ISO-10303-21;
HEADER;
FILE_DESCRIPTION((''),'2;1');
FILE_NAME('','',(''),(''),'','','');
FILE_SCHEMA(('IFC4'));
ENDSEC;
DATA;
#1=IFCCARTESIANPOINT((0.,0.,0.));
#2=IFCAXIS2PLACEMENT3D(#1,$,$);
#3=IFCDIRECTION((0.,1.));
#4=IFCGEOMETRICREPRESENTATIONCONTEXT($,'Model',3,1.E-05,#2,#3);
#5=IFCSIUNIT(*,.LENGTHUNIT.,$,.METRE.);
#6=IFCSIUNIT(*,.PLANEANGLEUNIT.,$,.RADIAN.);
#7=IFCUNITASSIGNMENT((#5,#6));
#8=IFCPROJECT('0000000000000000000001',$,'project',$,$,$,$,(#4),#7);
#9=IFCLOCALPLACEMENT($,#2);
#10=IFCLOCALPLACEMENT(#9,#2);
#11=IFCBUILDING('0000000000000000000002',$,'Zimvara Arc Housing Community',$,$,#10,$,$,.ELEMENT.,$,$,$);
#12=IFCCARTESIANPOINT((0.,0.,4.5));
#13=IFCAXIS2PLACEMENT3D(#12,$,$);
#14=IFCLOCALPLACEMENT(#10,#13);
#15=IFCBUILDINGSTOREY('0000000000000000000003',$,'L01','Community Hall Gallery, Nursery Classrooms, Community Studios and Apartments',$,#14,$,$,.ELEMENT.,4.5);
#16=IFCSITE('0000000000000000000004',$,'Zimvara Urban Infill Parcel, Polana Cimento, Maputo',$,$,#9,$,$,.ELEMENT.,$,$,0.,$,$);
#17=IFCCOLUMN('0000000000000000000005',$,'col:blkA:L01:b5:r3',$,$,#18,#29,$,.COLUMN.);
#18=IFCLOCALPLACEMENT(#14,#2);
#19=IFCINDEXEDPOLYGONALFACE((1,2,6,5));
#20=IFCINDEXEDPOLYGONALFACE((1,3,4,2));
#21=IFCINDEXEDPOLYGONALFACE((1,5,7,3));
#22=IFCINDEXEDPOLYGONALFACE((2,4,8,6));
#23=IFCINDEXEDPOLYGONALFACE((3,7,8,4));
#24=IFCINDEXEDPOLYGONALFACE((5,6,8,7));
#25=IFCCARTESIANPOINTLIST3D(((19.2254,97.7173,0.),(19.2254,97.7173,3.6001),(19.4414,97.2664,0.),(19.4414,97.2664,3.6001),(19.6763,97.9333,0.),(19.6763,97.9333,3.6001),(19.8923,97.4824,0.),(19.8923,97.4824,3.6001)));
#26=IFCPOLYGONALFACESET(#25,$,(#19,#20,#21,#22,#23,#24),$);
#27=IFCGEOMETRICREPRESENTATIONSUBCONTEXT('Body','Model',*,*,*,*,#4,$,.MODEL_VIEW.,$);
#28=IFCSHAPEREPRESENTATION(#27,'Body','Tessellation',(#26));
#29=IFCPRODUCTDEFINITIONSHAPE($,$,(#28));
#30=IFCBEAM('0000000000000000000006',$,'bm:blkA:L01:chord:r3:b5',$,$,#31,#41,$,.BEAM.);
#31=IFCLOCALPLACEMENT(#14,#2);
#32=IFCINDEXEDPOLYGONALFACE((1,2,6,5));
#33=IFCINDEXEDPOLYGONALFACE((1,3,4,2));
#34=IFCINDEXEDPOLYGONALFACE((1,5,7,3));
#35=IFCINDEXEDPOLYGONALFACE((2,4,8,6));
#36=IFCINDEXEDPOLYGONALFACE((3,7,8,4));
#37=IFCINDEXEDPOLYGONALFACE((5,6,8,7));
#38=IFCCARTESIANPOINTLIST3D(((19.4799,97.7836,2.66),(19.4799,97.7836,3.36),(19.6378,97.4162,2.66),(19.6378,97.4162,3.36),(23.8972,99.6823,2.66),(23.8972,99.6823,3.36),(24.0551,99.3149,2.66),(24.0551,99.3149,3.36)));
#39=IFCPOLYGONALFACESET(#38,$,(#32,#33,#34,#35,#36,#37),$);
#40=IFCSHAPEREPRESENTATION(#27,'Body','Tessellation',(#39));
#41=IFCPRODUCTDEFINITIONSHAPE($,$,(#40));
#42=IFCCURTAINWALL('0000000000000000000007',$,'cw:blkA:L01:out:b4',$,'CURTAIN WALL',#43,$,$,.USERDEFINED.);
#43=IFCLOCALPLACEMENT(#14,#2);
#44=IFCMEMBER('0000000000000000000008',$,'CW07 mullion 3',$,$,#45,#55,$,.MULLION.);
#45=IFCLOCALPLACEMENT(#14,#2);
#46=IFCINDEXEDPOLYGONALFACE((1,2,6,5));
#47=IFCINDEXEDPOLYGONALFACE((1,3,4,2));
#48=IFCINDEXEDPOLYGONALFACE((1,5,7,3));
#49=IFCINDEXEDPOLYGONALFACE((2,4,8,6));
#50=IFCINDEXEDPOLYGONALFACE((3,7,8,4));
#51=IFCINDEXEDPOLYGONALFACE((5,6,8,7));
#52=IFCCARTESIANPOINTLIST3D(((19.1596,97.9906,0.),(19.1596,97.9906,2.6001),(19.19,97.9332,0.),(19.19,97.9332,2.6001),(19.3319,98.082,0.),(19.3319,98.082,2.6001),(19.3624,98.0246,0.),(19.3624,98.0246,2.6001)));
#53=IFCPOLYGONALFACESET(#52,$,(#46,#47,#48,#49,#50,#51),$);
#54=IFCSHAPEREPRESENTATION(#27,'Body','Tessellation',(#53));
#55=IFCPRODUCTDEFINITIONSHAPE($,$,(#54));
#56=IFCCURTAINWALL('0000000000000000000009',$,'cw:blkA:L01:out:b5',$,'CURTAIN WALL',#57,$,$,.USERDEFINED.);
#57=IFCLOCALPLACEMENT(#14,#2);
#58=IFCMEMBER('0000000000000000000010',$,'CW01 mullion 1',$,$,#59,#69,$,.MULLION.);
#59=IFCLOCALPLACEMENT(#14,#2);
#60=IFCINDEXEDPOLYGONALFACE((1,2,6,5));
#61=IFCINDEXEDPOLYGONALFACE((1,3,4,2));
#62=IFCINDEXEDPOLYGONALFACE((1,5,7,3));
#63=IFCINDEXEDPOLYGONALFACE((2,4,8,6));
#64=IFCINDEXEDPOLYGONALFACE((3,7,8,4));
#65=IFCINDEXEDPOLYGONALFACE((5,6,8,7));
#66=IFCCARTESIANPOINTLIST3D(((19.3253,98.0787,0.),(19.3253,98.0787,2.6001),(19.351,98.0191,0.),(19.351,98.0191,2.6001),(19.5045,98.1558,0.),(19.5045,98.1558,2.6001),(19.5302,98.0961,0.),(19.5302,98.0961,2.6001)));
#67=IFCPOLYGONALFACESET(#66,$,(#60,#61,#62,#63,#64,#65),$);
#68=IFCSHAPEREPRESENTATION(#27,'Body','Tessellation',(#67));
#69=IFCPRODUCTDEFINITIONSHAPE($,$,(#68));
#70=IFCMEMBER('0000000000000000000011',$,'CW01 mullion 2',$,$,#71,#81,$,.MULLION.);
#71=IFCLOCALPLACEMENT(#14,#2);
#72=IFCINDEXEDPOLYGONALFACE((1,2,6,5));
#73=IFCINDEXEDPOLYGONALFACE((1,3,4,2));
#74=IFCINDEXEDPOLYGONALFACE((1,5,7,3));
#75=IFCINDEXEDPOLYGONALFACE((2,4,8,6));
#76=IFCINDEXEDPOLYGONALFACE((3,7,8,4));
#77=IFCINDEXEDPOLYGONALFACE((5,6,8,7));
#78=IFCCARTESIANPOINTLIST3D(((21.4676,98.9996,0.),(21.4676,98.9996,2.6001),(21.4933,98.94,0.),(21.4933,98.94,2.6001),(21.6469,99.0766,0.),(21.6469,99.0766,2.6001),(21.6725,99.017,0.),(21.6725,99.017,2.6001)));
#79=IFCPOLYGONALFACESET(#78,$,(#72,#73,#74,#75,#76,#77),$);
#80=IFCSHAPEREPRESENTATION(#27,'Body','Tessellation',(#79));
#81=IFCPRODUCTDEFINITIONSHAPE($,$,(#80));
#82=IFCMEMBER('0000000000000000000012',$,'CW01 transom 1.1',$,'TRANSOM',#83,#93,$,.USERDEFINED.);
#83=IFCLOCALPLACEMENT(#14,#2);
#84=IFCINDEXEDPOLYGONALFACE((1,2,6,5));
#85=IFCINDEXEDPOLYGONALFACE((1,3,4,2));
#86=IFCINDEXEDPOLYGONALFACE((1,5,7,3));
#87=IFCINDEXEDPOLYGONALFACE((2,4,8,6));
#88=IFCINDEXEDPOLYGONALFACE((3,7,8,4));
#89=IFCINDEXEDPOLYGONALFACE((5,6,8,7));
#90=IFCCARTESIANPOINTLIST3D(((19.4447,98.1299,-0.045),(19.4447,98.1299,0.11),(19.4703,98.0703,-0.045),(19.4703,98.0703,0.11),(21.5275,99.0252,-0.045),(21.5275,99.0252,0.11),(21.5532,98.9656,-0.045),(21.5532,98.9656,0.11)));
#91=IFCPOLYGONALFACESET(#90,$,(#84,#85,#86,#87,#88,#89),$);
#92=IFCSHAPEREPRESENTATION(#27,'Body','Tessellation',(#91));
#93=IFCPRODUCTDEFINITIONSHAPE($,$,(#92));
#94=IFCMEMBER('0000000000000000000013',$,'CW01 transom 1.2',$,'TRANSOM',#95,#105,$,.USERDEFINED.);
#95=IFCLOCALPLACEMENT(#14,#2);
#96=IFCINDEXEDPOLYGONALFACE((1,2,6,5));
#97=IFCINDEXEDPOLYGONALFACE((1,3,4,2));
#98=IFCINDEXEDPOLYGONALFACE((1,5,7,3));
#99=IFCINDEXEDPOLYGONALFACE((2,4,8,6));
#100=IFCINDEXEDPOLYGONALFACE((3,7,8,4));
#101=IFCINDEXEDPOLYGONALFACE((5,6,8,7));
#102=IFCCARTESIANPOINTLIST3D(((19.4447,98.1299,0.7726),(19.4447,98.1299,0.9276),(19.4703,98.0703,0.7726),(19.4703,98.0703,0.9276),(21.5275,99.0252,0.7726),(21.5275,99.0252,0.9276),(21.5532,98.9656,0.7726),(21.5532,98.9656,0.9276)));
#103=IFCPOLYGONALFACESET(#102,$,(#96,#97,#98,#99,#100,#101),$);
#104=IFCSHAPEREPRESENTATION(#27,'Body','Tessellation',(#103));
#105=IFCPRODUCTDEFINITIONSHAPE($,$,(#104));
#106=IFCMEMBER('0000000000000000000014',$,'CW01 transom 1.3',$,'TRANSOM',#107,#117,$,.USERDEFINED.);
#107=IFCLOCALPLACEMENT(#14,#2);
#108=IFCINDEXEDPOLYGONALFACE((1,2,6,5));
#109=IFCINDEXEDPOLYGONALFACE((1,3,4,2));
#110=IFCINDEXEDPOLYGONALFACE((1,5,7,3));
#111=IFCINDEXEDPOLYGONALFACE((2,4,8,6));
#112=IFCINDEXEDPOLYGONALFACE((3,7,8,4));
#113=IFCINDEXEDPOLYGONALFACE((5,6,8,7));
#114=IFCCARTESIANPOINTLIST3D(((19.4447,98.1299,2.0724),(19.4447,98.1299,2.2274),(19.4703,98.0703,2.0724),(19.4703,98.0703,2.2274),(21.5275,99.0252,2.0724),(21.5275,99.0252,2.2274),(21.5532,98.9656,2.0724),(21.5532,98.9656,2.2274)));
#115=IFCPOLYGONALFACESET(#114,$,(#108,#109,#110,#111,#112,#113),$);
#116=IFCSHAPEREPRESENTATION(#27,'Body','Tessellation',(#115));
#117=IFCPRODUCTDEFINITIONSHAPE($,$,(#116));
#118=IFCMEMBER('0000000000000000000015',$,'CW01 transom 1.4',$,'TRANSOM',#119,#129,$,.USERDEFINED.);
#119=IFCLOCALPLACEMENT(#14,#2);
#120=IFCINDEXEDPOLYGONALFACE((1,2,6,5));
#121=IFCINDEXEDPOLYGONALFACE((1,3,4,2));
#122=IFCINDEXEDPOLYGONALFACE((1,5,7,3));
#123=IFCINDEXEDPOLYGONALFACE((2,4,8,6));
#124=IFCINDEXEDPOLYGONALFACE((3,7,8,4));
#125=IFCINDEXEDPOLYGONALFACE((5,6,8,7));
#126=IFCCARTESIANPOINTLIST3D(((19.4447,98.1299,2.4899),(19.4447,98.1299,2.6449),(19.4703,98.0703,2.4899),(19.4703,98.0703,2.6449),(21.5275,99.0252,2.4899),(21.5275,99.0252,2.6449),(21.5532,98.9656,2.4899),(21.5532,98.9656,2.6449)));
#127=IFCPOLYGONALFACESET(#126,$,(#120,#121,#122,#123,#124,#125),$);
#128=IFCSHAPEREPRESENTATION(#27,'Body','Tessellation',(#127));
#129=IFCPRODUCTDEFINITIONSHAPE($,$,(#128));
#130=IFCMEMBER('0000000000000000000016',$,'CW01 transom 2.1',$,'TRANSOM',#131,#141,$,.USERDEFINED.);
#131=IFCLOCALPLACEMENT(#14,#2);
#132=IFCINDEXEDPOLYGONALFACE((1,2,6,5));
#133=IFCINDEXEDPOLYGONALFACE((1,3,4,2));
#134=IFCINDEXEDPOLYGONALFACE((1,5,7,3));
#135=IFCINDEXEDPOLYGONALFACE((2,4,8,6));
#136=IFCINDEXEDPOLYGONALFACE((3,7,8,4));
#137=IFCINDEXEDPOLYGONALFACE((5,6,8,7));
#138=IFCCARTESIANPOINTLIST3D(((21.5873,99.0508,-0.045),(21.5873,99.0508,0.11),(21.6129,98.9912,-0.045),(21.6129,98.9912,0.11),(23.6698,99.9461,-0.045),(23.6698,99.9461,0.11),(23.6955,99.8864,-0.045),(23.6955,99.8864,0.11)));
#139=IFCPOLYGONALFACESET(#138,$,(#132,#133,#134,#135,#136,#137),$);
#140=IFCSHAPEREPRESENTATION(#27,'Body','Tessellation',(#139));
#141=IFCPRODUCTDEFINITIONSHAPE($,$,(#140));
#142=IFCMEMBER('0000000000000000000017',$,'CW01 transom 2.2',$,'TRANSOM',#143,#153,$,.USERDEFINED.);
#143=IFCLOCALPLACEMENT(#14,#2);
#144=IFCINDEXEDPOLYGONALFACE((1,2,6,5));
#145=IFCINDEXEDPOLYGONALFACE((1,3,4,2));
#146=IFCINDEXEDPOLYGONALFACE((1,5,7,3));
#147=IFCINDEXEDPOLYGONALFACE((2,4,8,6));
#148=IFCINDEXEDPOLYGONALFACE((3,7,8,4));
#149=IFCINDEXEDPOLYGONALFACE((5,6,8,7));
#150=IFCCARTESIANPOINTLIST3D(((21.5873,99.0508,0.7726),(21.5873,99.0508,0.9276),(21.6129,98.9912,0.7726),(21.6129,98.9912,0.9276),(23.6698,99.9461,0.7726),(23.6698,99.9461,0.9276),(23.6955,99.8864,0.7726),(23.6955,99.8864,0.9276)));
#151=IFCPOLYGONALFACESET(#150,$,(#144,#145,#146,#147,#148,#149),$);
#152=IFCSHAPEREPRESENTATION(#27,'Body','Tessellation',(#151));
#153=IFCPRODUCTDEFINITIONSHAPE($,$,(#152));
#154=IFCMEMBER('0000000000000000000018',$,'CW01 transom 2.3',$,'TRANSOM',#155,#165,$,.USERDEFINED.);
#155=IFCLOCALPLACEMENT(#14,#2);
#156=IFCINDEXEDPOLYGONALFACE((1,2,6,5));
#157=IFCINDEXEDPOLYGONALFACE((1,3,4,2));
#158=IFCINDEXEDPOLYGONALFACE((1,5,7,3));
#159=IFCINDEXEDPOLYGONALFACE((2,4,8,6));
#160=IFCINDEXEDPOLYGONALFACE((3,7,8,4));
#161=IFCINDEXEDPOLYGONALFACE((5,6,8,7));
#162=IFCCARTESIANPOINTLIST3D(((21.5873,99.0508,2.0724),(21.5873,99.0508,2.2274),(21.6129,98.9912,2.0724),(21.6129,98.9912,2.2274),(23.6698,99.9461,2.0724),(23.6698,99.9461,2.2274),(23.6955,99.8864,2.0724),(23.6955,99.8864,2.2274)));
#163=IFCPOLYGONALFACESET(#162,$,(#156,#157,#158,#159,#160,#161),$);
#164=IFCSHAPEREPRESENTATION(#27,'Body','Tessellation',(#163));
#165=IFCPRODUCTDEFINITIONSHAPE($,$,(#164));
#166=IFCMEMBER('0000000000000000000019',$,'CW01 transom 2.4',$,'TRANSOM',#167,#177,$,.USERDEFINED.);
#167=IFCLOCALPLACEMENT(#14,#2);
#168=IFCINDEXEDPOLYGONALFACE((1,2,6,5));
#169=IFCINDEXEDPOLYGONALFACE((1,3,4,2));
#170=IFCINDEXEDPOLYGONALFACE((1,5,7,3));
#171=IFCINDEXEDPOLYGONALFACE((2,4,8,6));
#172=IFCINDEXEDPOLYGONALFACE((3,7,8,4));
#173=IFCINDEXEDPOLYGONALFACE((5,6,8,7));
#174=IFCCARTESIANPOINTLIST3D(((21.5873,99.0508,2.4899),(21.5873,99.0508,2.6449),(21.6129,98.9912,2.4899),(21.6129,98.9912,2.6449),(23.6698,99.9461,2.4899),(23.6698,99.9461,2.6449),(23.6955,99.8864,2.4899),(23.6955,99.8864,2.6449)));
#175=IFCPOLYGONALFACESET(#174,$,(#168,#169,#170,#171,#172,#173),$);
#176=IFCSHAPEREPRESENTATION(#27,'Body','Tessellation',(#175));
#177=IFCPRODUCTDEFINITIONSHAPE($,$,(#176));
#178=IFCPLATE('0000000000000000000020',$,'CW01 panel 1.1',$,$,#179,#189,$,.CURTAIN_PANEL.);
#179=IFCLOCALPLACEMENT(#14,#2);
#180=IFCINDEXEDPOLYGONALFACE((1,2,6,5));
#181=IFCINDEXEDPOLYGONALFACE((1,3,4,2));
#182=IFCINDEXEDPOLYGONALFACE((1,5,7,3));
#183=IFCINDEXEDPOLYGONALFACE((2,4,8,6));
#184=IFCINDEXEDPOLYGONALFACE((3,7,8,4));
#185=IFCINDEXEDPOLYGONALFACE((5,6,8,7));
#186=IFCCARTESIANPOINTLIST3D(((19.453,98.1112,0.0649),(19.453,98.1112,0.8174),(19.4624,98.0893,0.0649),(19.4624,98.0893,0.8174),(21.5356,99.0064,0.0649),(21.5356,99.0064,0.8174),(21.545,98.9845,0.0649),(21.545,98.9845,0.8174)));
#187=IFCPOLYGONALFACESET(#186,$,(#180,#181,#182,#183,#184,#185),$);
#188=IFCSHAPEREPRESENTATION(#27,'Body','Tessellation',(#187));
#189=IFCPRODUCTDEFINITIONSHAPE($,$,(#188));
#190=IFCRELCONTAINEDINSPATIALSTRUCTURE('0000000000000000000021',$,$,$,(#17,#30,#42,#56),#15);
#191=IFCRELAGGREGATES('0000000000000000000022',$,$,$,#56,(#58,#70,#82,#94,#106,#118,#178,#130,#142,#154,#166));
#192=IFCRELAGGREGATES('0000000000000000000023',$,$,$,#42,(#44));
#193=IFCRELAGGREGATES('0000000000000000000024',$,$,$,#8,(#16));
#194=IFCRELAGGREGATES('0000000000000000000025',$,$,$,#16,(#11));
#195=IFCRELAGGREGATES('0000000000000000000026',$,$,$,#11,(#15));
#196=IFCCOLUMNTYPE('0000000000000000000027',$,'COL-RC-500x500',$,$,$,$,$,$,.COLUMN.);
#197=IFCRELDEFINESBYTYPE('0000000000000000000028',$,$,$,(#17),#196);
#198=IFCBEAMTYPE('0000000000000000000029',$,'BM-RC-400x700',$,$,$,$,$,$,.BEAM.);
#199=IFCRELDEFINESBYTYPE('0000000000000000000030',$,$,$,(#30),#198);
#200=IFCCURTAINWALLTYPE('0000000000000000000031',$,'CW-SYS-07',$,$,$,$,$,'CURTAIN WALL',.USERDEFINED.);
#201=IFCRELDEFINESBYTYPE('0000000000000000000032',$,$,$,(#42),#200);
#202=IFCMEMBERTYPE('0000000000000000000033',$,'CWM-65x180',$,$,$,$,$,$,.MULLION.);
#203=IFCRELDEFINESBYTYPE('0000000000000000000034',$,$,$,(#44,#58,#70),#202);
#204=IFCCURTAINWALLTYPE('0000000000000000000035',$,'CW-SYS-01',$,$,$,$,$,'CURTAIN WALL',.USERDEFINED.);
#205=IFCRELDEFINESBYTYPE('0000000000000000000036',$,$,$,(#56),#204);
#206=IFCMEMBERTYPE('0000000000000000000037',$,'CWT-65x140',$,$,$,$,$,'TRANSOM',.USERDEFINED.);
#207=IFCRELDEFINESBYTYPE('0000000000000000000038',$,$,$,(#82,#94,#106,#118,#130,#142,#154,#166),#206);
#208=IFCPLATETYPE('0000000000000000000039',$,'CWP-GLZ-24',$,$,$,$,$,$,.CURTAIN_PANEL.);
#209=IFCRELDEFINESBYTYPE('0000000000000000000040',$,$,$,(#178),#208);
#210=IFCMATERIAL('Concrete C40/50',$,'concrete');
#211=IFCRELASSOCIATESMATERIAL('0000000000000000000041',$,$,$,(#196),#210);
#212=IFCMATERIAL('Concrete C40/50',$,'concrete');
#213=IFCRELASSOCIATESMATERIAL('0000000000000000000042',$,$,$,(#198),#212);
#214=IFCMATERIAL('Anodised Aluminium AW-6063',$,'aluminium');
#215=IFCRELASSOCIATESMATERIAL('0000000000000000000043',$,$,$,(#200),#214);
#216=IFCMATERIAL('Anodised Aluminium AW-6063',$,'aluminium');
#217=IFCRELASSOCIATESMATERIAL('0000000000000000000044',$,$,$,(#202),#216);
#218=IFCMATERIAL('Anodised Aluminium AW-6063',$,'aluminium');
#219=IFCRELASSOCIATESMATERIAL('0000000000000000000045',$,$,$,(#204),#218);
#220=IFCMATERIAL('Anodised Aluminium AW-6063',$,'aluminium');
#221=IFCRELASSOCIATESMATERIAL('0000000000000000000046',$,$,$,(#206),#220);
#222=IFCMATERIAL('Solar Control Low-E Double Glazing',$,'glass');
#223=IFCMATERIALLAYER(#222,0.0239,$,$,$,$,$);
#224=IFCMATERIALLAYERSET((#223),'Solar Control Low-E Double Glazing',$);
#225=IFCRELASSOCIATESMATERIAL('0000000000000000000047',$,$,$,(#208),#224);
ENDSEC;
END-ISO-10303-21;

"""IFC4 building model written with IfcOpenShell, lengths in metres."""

from ifc_helpers import new_model, si_unit, direction, frame, origin, origin_2d, place, context, subcontext, project, spatial, rectangle, extrude, material, layer, layer_set, material_profile, profile_set, type_object, element, aggregate, save


model = new_model("IFC4")

# Units and contexts
model_context = context("Model", 3, precision=1e-05, world=origin(), true_north=direction((0.0, 1.0)))
body_context = subcontext(model_context, "Body", "Model", "MODEL_VIEW")
ifc_project = project(units=[si_unit("LENGTHUNIT", "METRE"), si_unit("PLANEANGLEUNIT", "RADIAN")], contexts=[model_context])

# Site, building, storey
site_placement = place(None, origin())
site = spatial("IfcSite", under=ifc_project, at=site_placement, Name="Zimvara Urban Infill Parcel, Polana Cimento, Maputo", CompositionType="ELEMENT", RefElevation=0.0)
building_placement = place(site_placement, origin())
building = spatial("IfcBuilding", under=site, at=building_placement, Name="Zimvara Arc Housing Community", CompositionType="ELEMENT")
storey_placement = place(building_placement, frame((0.0, 0.0, 4.5)))
storey = spatial("IfcBuildingStorey", under=building, at=storey_placement, Name="L01", Description="Community Hall Gallery, Nursery Classrooms, Community Studios and Apartments", CompositionType="ELEMENT", Elevation=4.5)

# Column
ifc_material_1 = material(Name="Concrete C40/50", Category="concrete")
ifc_material_profile_1 = material_profile(ifc_material_1, rectangle(XDim=0.5, YDim=0.5, at=origin_2d()), Name="RC 500x500")
ifc_profile_set_1 = profile_set([ifc_material_profile_1], Name="Concrete C40/50")
column_type = type_object("IfcColumnType", Name="COL-RC-500x500", PredefinedType="COLUMN", material=ifc_profile_set_1)
column_placement = place(storey_placement, frame((19.5588, 97.5999, 0.0), z_axis=(0.0, 0.0, 1.0), x_axis=(-0.432086, 0.901833, 0.0)))
element("IfcColumn", 1, at=column_placement, inside=storey, type_object=column_type, Name="col:blkA:L01:b5:r3", PredefinedType="COLUMN", context=body_context, shape_type="SweptSolid", body=[
    extrude(rectangle(XDim=0.5, YDim=0.5, at=origin_2d()), origin(), (0.0, 0.0, 1.0), 3.6001),
])

# Beam
ifc_material_2 = material(Name="Concrete C40/50", Category="concrete")
ifc_material_profile_2 = material_profile(ifc_material_2, rectangle(XDim=0.3999, YDim=0.7, at=origin_2d()), Name="RC 400x700")
ifc_profile_set_2 = profile_set([ifc_material_profile_2], Name="Concrete C40/50")
beam_type = type_object("IfcBeamType", Name="BM-RC-400x700", PredefinedType="BEAM", material=ifc_profile_set_2)
beam_placement = place(storey_placement, frame((19.5588, 97.5999, 3.01), z_axis=(0.918724, 0.3949, 0.0), x_axis=(-0.3949, 0.918724, 0.0)))
element("IfcBeam", 2, at=beam_placement, inside=storey, type_object=beam_type, Name="bm:blkA:L01:chord:r3:b5", PredefinedType="BEAM", context=body_context, shape_type="SweptSolid", body=[
    extrude(rectangle(XDim=0.3999, YDim=0.7, at=origin_2d()), origin(), (0.0, 0.0, 1.0), 4.8081),
])

# Curtain wall, member
ifc_material_3 = material(Name="Anodised Aluminium AW-6063", Category="aluminium")
curtain_wall_type_1 = type_object("IfcCurtainWallType", Name="CW-SYS-07", ElementType="CURTAIN WALL", PredefinedType="USERDEFINED", material=ifc_material_3)
curtain_wall_1_placement = place(storey_placement, origin())
curtain_wall_1 = element("IfcCurtainWall", 3, at=curtain_wall_1_placement, inside=storey, type_object=curtain_wall_type_1, Name="cw:blkA:L01:out:b4", ObjectType="CURTAIN WALL", PredefinedType="USERDEFINED")
ifc_material_4 = material(Name="Anodised Aluminium AW-6063", Category="aluminium")
ifc_material_profile_3 = material_profile(ifc_material_4, rectangle(XDim=0.0649, YDim=0.1951, at=origin_2d()), Name="ALU 65x195")
ifc_profile_set_3 = profile_set([ifc_material_profile_3], Name="Anodised Aluminium AW-6063")
member_type_1 = type_object("IfcMemberType", Name="CWM-65x180", PredefinedType="MULLION", material=ifc_profile_set_3)
member_1_placement = place(storey_placement, frame((19.261, 98.0076, 0.0), z_axis=(0.0, 0.0, 1.0), x_axis=(-0.468547, 0.883439, 0.0)))
member_1 = element("IfcMember", 4, at=member_1_placement, type_object=member_type_1, Name="CW07 mullion 3", PredefinedType="MULLION", context=body_context, shape_type="SweptSolid", body=[
    extrude(rectangle(XDim=0.0649, YDim=0.1951, at=origin_2d()), origin(), (0.0, 0.0, 1.0), 2.6001),
])

# Curtain wall, members, plate
ifc_material_5 = material(Name="Anodised Aluminium AW-6063", Category="aluminium")
curtain_wall_type_2 = type_object("IfcCurtainWallType", Name="CW-SYS-01", ElementType="CURTAIN WALL", PredefinedType="USERDEFINED", material=ifc_material_5)
curtain_wall_2_placement = place(storey_placement, origin())
curtain_wall_2 = element("IfcCurtainWall", 5, at=curtain_wall_2_placement, inside=storey, type_object=curtain_wall_type_2, Name="cw:blkA:L01:out:b5", ObjectType="CURTAIN WALL", PredefinedType="USERDEFINED")
member_2_placement = place(storey_placement, frame((19.4277, 98.0874, 0.0), z_axis=(0.0, 0.0, 1.0), x_axis=(-0.394904, 0.918722, 0.0)))
member_2 = element("IfcMember", 6, at=member_2_placement, type_object=member_type_1, Name="CW01 mullion 1", PredefinedType="MULLION", context=body_context, shape_type="SweptSolid", body=[
    extrude(rectangle(XDim=0.0649, YDim=0.1951, at=origin_2d()), origin(), (0.0, 0.0, 1.0), 2.6001),
])
member_3_placement = place(storey_placement, frame((21.5701, 99.0083, 0.0), z_axis=(0.0, 0.0, 1.0), x_axis=(-0.394904, 0.918722, 0.0)))
member_3 = element("IfcMember", 7, at=member_3_placement, type_object=member_type_1, Name="CW01 mullion 2", PredefinedType="MULLION", context=body_context, shape_type="SweptSolid", body=[
    extrude(rectangle(XDim=0.0649, YDim=0.1951, at=origin_2d()), origin(), (0.0, 0.0, 1.0), 2.6001),
])
ifc_material_6 = material(Name="Anodised Aluminium AW-6063", Category="aluminium")
ifc_material_profile_4 = material_profile(ifc_material_6, rectangle(XDim=0.0649, YDim=0.155, at=origin_2d()), Name="ALU 65x155")
ifc_profile_set_4 = profile_set([ifc_material_profile_4], Name="Anodised Aluminium AW-6063")
member_type_2 = type_object("IfcMemberType", Name="CWT-65x140", ElementType="TRANSOM", PredefinedType="USERDEFINED", material=ifc_profile_set_4)
member_4_placement = place(storey_placement, frame((19.4575, 98.1001, 0.0325), z_axis=(0.918721, 0.394907, 0.0), x_axis=(-0.394907, 0.918721, 0.0)))
member_4 = element("IfcMember", 8, at=member_4_placement, type_object=member_type_2, Name="CW01 transom 1.1", ObjectType="TRANSOM", PredefinedType="USERDEFINED", context=body_context, shape_type="SweptSolid", body=[
    extrude(rectangle(XDim=0.0649, YDim=0.155, at=origin_2d()), origin(), (0.0, 0.0, 1.0), 2.2671),
])
member_5_placement = place(storey_placement, frame((19.4575, 98.1001, 0.8501), z_axis=(0.918721, 0.394907, 0.0), x_axis=(-0.394907, 0.918721, 0.0)))
member_5 = element("IfcMember", 9, at=member_5_placement, type_object=member_type_2, Name="CW01 transom 1.2", ObjectType="TRANSOM", PredefinedType="USERDEFINED", context=body_context, shape_type="SweptSolid", body=[
    extrude(rectangle(XDim=0.0649, YDim=0.155, at=origin_2d()), origin(), (0.0, 0.0, 1.0), 2.2671),
])
member_6_placement = place(storey_placement, frame((19.4575, 98.1001, 2.1499), z_axis=(0.918721, 0.394907, 0.0), x_axis=(-0.394907, 0.918721, 0.0)))
member_6 = element("IfcMember", 10, at=member_6_placement, type_object=member_type_2, Name="CW01 transom 1.3", ObjectType="TRANSOM", PredefinedType="USERDEFINED", context=body_context, shape_type="SweptSolid", body=[
    extrude(rectangle(XDim=0.0649, YDim=0.155, at=origin_2d()), origin(), (0.0, 0.0, 1.0), 2.2671),
])
member_7_placement = place(storey_placement, frame((19.4575, 98.1001, 2.5674), z_axis=(0.918721, 0.394907, 0.0), x_axis=(-0.394907, 0.918721, 0.0)))
member_7 = element("IfcMember", 11, at=member_7_placement, type_object=member_type_2, Name="CW01 transom 1.4", ObjectType="TRANSOM", PredefinedType="USERDEFINED", context=body_context, shape_type="SweptSolid", body=[
    extrude(rectangle(XDim=0.0649, YDim=0.155, at=origin_2d()), origin(), (0.0, 0.0, 1.0), 2.2671),
])
member_8_placement = place(storey_placement, frame((21.6001, 99.021, 0.0325), z_axis=(0.918704, 0.394946, 0.0), x_axis=(-0.394946, 0.918704, 0.0)))
member_8 = element("IfcMember", 12, at=member_8_placement, type_object=member_type_2, Name="CW01 transom 2.1", ObjectType="TRANSOM", PredefinedType="USERDEFINED", context=body_context, shape_type="SweptSolid", body=[
    extrude(rectangle(XDim=0.0649, YDim=0.155, at=origin_2d()), origin(), (0.0, 0.0, 1.0), 2.2668),
])
member_9_placement = place(storey_placement, frame((21.6001, 99.021, 0.8501), z_axis=(0.918704, 0.394946, 0.0), x_axis=(-0.394946, 0.918704, 0.0)))
member_9 = element("IfcMember", 13, at=member_9_placement, type_object=member_type_2, Name="CW01 transom 2.2", ObjectType="TRANSOM", PredefinedType="USERDEFINED", context=body_context, shape_type="SweptSolid", body=[
    extrude(rectangle(XDim=0.0649, YDim=0.155, at=origin_2d()), origin(), (0.0, 0.0, 1.0), 2.2668),
])
member_10_placement = place(storey_placement, frame((21.6001, 99.021, 2.1499), z_axis=(0.918704, 0.394946, 0.0), x_axis=(-0.394946, 0.918704, 0.0)))
member_10 = element("IfcMember", 14, at=member_10_placement, type_object=member_type_2, Name="CW01 transom 2.3", ObjectType="TRANSOM", PredefinedType="USERDEFINED", context=body_context, shape_type="SweptSolid", body=[
    extrude(rectangle(XDim=0.0649, YDim=0.155, at=origin_2d()), origin(), (0.0, 0.0, 1.0), 2.2668),
])
member_11_placement = place(storey_placement, frame((21.6001, 99.021, 2.5674), z_axis=(0.918704, 0.394946, 0.0), x_axis=(-0.394946, 0.918704, 0.0)))
member_11 = element("IfcMember", 15, at=member_11_placement, type_object=member_type_2, Name="CW01 transom 2.4", ObjectType="TRANSOM", PredefinedType="USERDEFINED", context=body_context, shape_type="SweptSolid", body=[
    extrude(rectangle(XDim=0.0649, YDim=0.155, at=origin_2d()), origin(), (0.0, 0.0, 1.0), 2.2668),
])
ifc_material_7 = material(Name="Solar Control Low-E Double Glazing", Category="glass")
ifc_layer_1 = layer(ifc_material_7, 0.0239)
ifc_layer_set_1 = layer_set([ifc_layer_1], Name="Solar Control Low-E Double Glazing")
plate_type_1 = type_object("IfcPlateType", Name="CWP-GLZ-24", PredefinedType="CURTAIN_PANEL", material=ifc_layer_set_1)
plate_1_placement = place(storey_placement, frame((20.499, 98.5479, 0.0649), z_axis=(0.0, 0.0, 1.0), x_axis=(0.918722, 0.394904, 0.0)))
plate_1 = element("IfcPlate", 16, at=plate_1_placement, type_object=plate_type_1, Name="CW01 panel 1.1", PredefinedType="CURTAIN_PANEL", context=body_context, shape_type="SweptSolid", body=[
    extrude(rectangle(XDim=2.2668, YDim=0.0239, at=origin_2d()), origin(), (0.0, 0.0, 1.0), 0.7524),
])
aggregate(curtain_wall_2, [member_2, member_3, member_4, member_5, member_6, member_7, plate_1, member_8, member_9, member_10, member_11])

aggregate(curtain_wall_1, [member_1])

save(model, "model.ifc")
